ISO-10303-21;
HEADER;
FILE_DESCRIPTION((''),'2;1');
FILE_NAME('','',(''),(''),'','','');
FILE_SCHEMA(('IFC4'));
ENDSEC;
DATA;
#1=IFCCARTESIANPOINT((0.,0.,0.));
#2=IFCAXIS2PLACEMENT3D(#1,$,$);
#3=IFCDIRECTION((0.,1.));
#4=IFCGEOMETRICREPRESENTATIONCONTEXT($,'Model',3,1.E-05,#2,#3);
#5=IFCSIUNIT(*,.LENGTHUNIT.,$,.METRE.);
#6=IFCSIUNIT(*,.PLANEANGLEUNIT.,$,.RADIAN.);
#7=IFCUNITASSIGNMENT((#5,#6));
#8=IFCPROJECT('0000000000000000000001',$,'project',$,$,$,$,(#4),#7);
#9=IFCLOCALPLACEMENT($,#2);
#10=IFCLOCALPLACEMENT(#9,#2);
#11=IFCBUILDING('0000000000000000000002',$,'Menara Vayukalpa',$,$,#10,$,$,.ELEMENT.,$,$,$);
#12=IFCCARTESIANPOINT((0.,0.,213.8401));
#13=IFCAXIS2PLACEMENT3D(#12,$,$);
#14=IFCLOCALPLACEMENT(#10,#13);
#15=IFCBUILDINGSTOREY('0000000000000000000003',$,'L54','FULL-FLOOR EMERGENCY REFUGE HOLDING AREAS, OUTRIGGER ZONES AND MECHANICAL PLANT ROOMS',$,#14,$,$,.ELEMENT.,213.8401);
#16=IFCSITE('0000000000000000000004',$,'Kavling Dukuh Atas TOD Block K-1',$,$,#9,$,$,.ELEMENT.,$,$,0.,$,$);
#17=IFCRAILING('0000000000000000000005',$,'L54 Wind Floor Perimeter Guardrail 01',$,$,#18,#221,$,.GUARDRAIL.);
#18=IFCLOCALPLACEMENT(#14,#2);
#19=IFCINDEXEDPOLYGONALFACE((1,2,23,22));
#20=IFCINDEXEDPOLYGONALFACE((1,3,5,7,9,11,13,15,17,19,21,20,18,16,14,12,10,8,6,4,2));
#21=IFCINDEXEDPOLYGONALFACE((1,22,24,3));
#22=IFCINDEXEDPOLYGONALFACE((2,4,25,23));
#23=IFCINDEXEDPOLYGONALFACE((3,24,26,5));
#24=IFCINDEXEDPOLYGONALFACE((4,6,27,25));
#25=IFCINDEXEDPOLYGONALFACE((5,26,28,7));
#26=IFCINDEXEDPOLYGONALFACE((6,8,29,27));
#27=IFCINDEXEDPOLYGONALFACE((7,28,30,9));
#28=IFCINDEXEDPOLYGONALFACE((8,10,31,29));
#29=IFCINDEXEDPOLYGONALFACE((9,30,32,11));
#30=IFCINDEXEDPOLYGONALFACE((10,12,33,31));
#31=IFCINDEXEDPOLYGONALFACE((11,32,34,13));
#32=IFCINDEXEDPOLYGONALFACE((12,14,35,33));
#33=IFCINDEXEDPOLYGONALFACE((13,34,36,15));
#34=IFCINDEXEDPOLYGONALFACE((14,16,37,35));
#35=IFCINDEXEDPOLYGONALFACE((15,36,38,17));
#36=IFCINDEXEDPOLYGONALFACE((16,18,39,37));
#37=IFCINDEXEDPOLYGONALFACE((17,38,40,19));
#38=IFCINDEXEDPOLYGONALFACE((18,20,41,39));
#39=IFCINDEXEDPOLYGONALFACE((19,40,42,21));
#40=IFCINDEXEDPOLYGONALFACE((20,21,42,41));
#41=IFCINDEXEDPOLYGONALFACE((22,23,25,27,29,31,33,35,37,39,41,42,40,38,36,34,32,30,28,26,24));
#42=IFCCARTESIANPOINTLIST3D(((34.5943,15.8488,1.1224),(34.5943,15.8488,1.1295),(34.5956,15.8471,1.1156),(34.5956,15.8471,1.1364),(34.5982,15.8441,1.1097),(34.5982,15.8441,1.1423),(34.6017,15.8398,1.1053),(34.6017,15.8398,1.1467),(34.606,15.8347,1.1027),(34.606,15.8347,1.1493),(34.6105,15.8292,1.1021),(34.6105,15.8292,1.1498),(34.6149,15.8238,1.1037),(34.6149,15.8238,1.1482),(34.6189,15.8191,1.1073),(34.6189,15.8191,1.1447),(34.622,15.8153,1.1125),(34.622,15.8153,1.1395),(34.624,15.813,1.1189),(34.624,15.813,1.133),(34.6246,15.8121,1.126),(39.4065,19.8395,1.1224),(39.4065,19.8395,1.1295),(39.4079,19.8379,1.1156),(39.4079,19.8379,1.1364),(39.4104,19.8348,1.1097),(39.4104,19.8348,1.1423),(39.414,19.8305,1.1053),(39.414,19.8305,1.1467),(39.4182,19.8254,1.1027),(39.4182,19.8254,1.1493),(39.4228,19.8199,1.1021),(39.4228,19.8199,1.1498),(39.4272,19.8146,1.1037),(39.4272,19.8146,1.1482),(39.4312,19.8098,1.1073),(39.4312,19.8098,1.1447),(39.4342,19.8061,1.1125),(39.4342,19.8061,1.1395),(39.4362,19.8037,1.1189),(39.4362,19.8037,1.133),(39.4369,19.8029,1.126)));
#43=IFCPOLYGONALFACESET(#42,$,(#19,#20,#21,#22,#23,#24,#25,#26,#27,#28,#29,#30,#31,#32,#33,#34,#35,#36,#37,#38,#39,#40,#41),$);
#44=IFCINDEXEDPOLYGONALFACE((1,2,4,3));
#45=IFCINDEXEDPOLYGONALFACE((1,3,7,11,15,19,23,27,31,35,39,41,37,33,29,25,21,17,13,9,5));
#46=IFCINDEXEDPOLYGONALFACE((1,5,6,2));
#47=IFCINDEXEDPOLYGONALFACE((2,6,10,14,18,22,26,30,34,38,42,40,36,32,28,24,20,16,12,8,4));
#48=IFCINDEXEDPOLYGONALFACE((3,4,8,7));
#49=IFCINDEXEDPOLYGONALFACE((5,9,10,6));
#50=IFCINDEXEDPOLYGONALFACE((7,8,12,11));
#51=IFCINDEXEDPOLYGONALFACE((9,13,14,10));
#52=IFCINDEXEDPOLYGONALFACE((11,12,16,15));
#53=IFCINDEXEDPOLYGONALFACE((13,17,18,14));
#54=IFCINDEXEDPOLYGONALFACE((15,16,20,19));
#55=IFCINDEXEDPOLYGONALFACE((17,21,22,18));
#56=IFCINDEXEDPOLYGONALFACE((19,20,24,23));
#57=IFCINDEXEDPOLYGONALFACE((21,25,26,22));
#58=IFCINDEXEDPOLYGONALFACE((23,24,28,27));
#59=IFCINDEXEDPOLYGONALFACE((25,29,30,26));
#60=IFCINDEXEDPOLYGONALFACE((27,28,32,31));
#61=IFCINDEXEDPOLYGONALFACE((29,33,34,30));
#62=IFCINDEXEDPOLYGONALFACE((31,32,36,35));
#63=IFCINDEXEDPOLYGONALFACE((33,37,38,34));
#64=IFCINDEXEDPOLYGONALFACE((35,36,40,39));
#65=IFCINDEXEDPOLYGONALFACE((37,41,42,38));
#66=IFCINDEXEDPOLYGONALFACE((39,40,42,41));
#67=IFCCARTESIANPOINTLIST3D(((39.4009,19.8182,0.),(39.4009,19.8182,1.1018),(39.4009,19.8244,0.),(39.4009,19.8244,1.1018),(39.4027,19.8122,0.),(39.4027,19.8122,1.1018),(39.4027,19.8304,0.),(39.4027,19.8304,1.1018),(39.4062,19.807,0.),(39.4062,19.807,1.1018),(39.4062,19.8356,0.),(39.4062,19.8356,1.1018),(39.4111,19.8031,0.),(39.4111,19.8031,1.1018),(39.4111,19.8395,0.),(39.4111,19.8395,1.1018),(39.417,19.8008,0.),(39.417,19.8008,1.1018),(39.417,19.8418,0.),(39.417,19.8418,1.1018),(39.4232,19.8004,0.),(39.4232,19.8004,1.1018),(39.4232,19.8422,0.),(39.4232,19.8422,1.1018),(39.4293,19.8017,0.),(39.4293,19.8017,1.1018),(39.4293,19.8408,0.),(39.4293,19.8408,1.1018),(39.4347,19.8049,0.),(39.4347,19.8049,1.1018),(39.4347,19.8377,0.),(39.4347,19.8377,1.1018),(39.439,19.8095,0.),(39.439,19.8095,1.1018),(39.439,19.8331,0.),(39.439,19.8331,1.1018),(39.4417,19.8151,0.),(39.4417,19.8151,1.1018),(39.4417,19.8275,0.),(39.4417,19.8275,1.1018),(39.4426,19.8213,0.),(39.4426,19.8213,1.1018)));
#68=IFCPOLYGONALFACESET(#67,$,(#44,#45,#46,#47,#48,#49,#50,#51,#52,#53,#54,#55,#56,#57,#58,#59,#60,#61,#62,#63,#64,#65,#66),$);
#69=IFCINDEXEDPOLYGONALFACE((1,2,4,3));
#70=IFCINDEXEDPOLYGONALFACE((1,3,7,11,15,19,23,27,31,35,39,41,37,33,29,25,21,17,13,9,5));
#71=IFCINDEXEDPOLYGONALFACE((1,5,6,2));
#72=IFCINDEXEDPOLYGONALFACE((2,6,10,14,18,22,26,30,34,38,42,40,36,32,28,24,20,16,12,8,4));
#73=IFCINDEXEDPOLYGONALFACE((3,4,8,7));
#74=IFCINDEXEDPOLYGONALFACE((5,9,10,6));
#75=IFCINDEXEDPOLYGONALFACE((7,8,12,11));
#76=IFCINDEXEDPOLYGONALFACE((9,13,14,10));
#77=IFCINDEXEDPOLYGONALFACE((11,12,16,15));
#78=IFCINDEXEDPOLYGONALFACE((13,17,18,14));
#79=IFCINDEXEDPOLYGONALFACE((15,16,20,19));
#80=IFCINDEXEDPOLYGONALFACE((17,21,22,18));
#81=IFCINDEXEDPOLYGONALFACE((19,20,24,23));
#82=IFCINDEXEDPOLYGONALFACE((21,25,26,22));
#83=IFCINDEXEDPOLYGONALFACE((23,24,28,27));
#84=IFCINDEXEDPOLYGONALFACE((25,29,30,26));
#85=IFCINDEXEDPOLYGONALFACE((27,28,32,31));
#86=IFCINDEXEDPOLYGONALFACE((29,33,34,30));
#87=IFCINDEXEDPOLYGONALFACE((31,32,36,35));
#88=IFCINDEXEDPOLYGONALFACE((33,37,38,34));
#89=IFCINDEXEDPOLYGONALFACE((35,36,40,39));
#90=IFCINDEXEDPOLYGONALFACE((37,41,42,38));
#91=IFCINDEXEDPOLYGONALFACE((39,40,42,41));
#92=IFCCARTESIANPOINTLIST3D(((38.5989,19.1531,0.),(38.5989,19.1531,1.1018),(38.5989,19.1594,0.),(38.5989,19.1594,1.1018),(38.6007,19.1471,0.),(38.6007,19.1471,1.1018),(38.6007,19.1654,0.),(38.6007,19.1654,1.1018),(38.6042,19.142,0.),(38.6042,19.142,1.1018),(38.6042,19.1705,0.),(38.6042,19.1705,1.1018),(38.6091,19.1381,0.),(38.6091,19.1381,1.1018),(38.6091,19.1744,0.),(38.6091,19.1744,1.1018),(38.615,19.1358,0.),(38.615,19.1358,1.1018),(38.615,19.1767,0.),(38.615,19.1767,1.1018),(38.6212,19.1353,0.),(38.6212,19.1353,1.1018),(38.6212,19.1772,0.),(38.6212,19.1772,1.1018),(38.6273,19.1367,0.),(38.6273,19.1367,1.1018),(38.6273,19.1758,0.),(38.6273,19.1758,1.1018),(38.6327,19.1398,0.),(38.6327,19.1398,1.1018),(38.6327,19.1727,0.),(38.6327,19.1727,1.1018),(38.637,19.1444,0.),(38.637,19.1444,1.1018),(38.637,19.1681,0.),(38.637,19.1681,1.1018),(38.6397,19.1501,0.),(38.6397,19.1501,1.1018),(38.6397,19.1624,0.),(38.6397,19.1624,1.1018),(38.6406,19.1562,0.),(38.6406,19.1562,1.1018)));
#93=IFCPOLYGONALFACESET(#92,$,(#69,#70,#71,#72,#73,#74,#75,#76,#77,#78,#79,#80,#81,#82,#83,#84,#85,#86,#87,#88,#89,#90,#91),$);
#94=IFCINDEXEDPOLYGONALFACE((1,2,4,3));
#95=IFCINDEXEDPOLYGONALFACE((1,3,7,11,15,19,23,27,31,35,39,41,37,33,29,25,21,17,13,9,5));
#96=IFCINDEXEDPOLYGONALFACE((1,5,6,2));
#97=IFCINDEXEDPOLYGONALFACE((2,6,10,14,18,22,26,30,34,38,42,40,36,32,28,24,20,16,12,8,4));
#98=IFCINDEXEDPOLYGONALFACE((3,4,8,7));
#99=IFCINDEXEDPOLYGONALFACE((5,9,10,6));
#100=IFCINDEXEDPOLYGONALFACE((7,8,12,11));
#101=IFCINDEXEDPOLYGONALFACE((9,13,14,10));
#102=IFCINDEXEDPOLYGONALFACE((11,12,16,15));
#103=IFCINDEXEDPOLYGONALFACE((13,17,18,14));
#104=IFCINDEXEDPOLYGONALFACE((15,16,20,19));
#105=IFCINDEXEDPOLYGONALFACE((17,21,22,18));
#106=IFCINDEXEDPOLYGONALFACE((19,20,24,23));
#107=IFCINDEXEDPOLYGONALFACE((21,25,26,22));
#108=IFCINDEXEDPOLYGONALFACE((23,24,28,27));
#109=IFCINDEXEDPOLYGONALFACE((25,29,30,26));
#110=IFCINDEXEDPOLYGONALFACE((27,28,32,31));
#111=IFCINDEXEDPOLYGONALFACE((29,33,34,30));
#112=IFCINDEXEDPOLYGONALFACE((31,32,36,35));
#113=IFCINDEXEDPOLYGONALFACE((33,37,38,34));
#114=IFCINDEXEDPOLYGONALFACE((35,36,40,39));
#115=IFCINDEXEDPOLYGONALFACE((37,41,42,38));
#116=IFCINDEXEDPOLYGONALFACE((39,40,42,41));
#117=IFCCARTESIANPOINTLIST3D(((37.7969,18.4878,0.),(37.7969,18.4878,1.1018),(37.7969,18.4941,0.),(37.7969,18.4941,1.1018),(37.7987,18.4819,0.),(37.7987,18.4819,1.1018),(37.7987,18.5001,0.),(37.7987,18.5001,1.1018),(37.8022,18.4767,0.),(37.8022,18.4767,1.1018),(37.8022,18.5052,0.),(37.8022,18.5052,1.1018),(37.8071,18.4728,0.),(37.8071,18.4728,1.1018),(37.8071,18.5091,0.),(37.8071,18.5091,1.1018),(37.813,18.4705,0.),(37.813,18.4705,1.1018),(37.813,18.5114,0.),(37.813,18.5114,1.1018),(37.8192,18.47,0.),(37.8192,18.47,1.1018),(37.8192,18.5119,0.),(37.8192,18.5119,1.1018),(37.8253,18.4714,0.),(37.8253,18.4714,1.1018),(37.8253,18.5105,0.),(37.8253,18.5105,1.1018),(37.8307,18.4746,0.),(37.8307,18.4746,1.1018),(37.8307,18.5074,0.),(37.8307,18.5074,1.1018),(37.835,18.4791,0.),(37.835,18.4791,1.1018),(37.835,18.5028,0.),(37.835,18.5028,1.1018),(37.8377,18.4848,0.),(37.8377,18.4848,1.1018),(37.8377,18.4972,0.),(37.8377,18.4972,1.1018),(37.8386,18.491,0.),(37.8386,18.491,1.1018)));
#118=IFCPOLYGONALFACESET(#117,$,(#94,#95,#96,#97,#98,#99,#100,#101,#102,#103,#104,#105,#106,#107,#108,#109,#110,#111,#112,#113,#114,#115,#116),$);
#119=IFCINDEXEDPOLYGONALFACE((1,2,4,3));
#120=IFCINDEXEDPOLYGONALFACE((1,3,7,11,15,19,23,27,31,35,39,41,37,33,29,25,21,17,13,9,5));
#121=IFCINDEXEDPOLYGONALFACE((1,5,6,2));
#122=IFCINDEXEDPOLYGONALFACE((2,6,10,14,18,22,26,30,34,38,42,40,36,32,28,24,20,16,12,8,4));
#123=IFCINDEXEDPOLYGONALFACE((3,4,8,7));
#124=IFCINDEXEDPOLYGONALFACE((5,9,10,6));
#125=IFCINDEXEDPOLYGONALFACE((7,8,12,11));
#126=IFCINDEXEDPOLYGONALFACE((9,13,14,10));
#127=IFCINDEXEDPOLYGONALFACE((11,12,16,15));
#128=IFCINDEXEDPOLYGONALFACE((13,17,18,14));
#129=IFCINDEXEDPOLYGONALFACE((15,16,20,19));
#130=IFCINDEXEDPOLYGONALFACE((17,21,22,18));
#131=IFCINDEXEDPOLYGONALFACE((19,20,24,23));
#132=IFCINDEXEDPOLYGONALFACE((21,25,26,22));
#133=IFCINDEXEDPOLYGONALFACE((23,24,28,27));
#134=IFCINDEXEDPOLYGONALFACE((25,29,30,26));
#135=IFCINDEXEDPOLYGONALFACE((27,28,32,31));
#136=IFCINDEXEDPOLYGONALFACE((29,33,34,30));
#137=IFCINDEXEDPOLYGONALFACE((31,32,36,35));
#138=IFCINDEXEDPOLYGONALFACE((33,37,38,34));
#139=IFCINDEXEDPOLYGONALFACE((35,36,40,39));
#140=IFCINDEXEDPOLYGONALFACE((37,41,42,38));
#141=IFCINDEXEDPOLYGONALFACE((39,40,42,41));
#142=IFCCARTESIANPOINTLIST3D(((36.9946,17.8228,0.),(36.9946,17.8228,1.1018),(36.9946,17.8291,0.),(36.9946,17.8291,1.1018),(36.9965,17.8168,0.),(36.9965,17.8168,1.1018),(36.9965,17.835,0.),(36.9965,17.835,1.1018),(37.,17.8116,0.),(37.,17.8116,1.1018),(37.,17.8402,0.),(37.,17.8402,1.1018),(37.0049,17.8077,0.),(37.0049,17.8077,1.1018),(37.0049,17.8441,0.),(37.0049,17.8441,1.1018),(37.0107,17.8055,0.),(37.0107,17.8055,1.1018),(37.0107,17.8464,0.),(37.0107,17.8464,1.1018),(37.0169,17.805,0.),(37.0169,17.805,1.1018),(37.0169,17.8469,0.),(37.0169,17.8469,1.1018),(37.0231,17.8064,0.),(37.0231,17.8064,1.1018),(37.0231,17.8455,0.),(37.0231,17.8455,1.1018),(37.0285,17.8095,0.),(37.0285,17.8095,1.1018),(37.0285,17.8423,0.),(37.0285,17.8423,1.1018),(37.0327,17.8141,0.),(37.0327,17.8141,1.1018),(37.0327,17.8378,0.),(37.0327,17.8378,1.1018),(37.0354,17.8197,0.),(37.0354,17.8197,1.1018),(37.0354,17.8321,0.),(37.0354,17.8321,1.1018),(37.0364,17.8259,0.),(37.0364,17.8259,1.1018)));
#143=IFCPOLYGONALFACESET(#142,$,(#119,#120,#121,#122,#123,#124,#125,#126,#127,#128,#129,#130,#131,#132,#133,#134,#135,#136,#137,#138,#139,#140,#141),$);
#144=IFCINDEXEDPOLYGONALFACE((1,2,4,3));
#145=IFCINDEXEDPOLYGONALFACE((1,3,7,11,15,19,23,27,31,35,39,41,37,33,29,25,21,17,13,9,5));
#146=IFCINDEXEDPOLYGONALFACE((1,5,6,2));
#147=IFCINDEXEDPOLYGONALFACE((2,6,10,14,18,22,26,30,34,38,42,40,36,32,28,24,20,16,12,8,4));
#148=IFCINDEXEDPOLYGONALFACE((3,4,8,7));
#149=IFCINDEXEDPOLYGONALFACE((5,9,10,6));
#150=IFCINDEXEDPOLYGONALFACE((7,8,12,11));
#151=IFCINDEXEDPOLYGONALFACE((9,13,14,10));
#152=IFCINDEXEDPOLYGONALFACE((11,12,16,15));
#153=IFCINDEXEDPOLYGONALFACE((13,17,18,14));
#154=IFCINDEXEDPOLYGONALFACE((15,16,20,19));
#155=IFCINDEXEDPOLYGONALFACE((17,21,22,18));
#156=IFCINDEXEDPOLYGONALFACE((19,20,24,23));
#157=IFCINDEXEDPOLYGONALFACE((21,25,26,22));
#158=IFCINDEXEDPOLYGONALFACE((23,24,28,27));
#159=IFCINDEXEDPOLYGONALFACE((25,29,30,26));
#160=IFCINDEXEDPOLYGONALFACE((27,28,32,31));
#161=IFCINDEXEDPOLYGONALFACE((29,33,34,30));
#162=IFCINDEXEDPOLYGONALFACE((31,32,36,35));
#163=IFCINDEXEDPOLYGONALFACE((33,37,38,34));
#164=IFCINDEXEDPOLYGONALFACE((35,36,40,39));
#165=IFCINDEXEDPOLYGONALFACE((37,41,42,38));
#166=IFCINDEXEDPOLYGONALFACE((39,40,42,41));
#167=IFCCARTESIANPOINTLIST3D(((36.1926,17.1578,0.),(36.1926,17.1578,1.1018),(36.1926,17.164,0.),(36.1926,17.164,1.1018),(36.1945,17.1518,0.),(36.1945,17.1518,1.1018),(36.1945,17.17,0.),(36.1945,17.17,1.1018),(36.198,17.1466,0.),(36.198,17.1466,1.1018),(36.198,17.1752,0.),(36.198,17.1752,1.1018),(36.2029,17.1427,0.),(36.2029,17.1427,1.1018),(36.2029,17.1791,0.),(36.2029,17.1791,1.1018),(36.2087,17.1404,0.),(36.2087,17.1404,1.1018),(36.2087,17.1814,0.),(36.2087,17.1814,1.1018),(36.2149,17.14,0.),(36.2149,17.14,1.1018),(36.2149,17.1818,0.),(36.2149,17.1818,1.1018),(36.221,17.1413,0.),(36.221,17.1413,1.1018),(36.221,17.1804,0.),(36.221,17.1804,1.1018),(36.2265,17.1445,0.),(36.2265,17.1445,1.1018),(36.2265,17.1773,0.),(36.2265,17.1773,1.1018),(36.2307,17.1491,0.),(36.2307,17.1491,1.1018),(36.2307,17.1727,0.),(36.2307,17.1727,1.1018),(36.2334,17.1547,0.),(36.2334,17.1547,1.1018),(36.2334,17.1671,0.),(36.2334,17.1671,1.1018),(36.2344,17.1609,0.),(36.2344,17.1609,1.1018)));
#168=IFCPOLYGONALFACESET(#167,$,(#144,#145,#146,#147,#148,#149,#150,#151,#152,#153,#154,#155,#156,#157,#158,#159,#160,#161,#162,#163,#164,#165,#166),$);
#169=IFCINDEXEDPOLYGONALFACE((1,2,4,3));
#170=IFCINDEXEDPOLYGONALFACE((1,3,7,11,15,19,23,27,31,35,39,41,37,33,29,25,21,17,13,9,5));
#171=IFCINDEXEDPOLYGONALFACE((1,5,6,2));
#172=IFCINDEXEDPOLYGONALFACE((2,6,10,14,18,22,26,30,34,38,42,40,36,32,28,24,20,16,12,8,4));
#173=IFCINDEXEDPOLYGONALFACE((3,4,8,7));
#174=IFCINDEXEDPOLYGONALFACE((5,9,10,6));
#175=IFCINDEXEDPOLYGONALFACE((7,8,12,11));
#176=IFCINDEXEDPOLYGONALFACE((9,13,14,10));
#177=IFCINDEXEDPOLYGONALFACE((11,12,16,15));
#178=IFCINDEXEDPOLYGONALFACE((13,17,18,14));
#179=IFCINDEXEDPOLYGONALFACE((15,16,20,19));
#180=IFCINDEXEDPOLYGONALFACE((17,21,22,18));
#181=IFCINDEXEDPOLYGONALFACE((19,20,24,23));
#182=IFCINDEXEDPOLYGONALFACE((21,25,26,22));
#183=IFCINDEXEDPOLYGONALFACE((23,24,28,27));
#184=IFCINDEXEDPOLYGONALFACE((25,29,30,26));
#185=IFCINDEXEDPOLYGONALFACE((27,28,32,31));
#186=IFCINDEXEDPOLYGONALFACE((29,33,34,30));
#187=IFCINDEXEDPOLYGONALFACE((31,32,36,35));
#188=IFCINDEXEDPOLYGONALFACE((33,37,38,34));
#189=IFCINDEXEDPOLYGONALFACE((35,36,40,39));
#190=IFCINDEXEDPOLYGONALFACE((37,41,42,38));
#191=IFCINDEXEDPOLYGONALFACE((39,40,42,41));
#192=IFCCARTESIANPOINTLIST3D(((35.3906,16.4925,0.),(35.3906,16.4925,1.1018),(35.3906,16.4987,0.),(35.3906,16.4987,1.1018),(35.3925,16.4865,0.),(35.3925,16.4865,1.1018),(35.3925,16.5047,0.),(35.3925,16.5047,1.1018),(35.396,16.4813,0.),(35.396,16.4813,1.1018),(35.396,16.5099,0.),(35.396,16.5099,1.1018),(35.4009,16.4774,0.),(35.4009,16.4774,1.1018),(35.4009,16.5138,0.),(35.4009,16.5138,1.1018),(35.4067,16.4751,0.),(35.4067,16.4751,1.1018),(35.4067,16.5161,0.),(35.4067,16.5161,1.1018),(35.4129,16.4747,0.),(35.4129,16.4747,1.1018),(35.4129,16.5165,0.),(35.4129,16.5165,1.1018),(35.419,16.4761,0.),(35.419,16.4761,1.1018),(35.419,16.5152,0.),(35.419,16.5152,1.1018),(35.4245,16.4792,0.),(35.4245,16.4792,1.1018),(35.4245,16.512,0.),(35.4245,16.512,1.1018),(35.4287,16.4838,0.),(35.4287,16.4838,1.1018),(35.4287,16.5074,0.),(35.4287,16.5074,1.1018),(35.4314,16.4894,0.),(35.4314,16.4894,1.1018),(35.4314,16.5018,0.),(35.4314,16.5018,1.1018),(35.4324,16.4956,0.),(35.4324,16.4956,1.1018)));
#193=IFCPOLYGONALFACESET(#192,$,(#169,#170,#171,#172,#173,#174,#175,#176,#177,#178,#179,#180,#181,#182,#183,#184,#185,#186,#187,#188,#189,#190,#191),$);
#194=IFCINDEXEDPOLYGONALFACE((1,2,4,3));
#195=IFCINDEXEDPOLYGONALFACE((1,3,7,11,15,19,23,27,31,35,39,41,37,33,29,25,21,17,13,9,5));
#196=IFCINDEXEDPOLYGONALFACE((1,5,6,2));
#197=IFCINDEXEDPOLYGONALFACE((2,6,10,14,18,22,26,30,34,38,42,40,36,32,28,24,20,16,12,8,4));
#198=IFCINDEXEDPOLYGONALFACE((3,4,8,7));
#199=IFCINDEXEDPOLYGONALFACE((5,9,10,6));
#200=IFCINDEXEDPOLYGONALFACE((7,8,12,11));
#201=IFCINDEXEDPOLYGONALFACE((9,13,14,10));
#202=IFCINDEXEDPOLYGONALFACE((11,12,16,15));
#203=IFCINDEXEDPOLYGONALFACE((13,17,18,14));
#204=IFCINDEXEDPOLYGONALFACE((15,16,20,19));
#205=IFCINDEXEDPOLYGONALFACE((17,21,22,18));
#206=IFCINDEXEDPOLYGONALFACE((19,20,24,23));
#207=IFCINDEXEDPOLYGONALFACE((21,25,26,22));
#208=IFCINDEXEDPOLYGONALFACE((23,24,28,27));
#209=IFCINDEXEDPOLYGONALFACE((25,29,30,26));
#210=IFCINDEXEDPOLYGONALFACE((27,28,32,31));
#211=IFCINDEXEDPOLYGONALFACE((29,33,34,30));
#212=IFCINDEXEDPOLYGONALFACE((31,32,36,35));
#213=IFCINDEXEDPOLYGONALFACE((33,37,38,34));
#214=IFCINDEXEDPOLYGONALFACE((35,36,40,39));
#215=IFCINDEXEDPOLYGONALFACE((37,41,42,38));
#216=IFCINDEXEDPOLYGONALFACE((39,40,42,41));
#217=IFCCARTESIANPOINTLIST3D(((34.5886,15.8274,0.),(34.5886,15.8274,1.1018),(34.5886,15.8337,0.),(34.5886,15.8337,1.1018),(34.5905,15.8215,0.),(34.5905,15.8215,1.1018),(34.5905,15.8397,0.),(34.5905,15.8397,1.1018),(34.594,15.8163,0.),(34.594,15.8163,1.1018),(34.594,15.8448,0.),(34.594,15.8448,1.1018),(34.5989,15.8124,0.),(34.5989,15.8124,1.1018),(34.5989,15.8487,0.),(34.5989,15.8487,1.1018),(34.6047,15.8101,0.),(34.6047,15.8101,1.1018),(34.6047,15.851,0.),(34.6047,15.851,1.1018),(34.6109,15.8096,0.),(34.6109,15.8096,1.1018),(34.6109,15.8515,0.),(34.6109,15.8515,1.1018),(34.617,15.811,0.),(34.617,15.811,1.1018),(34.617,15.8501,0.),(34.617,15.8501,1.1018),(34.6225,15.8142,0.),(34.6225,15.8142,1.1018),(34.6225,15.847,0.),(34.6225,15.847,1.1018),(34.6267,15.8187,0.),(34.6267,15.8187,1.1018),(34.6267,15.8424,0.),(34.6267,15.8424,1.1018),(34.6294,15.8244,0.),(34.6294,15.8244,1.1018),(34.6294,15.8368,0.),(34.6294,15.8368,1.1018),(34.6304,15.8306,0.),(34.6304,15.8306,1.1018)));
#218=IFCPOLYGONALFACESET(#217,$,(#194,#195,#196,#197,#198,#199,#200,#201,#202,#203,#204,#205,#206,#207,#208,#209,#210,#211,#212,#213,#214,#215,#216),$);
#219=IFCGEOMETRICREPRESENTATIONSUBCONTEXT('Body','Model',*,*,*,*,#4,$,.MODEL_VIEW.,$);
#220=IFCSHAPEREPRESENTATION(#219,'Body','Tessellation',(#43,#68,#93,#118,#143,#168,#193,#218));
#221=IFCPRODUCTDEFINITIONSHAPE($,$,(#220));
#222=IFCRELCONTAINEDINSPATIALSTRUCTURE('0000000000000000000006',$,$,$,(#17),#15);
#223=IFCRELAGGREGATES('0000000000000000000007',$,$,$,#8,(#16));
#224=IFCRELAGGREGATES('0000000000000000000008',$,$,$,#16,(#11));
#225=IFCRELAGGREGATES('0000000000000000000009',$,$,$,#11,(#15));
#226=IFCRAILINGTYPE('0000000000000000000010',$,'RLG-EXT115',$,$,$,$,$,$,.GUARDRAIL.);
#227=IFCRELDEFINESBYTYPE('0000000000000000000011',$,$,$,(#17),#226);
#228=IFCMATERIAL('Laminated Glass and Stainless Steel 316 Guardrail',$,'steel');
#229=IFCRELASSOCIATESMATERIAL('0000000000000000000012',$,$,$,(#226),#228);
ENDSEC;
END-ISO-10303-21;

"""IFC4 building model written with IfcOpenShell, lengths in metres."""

from ifc_helpers import new_model, si_unit, direction, frame, origin, origin_2d, place, context, subcontext, project, spatial, circle, extrude, material, type_object, element, save


model = new_model("IFC4")

# Units and contexts
model_context = context("Model", 3, precision=1e-05, world=origin(), true_north=direction((0.0, 1.0)))
body_context = subcontext(model_context, "Body", "Model", "MODEL_VIEW")
ifc_project = project(units=[si_unit("LENGTHUNIT", "METRE"), si_unit("PLANEANGLEUNIT", "RADIAN")], contexts=[model_context])

# Site, building, storey
site_placement = place(None, origin())
site = spatial("IfcSite", under=ifc_project, at=site_placement, Name="Kavling Dukuh Atas TOD Block K-1", CompositionType="ELEMENT", RefElevation=0.0)
building_placement = place(site_placement, origin())
building = spatial("IfcBuilding", under=site, at=building_placement, Name="Menara Vayukalpa", CompositionType="ELEMENT")
storey_placement = place(building_placement, frame((0.0, 0.0, 213.8401)))
storey = spatial("IfcBuildingStorey", under=building, at=storey_placement, Name="L54", Description="FULL-FLOOR EMERGENCY REFUGE HOLDING AREAS, OUTRIGGER ZONES AND MECHANICAL PLANT ROOMS", CompositionType="ELEMENT", Elevation=213.8401)

# Railing
ifc_material_1 = material(Name="Laminated Glass and Stainless Steel 316 Guardrail", Category="steel")
railing_type_1 = type_object("IfcRailingType", Name="RLG-EXT115", PredefinedType="GUARDRAIL", material=ifc_material_1)
railing_1_placement = place(storey_placement, frame((39.4216, 19.8213, 0.0)))
element("IfcRailing", 1, at=railing_1_placement, inside=storey, type_object=railing_type_1, Name="L54 Wind Floor Perimeter Guardrail 01", PredefinedType="GUARDRAIL", context=body_context, shape_type="SweptSolid", body=[
    extrude(circle(Radius=0.0239, at=origin_2d()), frame((0.0, 0.0, 1.126), z_axis=(-0.769752, -0.638343, 0.0), x_axis=(0.638343, -0.769752, 0.0)), (0.0, 0.0, 1.0), 6.2517),
    extrude(circle(Radius=0.021, at=origin_2d()), origin(), (0.0, 0.0, 1.0), 1.1018),
    extrude(circle(Radius=0.021, at=origin_2d()), frame((-0.802, -0.665, 0.0)), (0.0, 0.0, 1.0), 1.1018),
    extrude(circle(Radius=0.021, at=origin_2d()), frame((-1.604, -1.3303, 0.0)), (0.0, 0.0, 1.0), 1.1018),
    extrude(circle(Radius=0.021, at=origin_2d()), frame((-2.4062, -1.9954, 0.0)), (0.0, 0.0, 1.0), 1.1018),
    extrude(circle(Radius=0.021, at=origin_2d()), frame((-3.2083, -2.6604, 0.0)), (0.0, 0.0, 1.0), 1.1018),
    extrude(circle(Radius=0.021, at=origin_2d()), frame((-4.0103, -3.3257, 0.0)), (0.0, 0.0, 1.0), 1.1018),
    extrude(circle(Radius=0.021, at=origin_2d()), frame((-4.8123, -3.9907, 0.0)), (0.0, 0.0, 1.0), 1.1018),
])

save(model, "model.ifc")
